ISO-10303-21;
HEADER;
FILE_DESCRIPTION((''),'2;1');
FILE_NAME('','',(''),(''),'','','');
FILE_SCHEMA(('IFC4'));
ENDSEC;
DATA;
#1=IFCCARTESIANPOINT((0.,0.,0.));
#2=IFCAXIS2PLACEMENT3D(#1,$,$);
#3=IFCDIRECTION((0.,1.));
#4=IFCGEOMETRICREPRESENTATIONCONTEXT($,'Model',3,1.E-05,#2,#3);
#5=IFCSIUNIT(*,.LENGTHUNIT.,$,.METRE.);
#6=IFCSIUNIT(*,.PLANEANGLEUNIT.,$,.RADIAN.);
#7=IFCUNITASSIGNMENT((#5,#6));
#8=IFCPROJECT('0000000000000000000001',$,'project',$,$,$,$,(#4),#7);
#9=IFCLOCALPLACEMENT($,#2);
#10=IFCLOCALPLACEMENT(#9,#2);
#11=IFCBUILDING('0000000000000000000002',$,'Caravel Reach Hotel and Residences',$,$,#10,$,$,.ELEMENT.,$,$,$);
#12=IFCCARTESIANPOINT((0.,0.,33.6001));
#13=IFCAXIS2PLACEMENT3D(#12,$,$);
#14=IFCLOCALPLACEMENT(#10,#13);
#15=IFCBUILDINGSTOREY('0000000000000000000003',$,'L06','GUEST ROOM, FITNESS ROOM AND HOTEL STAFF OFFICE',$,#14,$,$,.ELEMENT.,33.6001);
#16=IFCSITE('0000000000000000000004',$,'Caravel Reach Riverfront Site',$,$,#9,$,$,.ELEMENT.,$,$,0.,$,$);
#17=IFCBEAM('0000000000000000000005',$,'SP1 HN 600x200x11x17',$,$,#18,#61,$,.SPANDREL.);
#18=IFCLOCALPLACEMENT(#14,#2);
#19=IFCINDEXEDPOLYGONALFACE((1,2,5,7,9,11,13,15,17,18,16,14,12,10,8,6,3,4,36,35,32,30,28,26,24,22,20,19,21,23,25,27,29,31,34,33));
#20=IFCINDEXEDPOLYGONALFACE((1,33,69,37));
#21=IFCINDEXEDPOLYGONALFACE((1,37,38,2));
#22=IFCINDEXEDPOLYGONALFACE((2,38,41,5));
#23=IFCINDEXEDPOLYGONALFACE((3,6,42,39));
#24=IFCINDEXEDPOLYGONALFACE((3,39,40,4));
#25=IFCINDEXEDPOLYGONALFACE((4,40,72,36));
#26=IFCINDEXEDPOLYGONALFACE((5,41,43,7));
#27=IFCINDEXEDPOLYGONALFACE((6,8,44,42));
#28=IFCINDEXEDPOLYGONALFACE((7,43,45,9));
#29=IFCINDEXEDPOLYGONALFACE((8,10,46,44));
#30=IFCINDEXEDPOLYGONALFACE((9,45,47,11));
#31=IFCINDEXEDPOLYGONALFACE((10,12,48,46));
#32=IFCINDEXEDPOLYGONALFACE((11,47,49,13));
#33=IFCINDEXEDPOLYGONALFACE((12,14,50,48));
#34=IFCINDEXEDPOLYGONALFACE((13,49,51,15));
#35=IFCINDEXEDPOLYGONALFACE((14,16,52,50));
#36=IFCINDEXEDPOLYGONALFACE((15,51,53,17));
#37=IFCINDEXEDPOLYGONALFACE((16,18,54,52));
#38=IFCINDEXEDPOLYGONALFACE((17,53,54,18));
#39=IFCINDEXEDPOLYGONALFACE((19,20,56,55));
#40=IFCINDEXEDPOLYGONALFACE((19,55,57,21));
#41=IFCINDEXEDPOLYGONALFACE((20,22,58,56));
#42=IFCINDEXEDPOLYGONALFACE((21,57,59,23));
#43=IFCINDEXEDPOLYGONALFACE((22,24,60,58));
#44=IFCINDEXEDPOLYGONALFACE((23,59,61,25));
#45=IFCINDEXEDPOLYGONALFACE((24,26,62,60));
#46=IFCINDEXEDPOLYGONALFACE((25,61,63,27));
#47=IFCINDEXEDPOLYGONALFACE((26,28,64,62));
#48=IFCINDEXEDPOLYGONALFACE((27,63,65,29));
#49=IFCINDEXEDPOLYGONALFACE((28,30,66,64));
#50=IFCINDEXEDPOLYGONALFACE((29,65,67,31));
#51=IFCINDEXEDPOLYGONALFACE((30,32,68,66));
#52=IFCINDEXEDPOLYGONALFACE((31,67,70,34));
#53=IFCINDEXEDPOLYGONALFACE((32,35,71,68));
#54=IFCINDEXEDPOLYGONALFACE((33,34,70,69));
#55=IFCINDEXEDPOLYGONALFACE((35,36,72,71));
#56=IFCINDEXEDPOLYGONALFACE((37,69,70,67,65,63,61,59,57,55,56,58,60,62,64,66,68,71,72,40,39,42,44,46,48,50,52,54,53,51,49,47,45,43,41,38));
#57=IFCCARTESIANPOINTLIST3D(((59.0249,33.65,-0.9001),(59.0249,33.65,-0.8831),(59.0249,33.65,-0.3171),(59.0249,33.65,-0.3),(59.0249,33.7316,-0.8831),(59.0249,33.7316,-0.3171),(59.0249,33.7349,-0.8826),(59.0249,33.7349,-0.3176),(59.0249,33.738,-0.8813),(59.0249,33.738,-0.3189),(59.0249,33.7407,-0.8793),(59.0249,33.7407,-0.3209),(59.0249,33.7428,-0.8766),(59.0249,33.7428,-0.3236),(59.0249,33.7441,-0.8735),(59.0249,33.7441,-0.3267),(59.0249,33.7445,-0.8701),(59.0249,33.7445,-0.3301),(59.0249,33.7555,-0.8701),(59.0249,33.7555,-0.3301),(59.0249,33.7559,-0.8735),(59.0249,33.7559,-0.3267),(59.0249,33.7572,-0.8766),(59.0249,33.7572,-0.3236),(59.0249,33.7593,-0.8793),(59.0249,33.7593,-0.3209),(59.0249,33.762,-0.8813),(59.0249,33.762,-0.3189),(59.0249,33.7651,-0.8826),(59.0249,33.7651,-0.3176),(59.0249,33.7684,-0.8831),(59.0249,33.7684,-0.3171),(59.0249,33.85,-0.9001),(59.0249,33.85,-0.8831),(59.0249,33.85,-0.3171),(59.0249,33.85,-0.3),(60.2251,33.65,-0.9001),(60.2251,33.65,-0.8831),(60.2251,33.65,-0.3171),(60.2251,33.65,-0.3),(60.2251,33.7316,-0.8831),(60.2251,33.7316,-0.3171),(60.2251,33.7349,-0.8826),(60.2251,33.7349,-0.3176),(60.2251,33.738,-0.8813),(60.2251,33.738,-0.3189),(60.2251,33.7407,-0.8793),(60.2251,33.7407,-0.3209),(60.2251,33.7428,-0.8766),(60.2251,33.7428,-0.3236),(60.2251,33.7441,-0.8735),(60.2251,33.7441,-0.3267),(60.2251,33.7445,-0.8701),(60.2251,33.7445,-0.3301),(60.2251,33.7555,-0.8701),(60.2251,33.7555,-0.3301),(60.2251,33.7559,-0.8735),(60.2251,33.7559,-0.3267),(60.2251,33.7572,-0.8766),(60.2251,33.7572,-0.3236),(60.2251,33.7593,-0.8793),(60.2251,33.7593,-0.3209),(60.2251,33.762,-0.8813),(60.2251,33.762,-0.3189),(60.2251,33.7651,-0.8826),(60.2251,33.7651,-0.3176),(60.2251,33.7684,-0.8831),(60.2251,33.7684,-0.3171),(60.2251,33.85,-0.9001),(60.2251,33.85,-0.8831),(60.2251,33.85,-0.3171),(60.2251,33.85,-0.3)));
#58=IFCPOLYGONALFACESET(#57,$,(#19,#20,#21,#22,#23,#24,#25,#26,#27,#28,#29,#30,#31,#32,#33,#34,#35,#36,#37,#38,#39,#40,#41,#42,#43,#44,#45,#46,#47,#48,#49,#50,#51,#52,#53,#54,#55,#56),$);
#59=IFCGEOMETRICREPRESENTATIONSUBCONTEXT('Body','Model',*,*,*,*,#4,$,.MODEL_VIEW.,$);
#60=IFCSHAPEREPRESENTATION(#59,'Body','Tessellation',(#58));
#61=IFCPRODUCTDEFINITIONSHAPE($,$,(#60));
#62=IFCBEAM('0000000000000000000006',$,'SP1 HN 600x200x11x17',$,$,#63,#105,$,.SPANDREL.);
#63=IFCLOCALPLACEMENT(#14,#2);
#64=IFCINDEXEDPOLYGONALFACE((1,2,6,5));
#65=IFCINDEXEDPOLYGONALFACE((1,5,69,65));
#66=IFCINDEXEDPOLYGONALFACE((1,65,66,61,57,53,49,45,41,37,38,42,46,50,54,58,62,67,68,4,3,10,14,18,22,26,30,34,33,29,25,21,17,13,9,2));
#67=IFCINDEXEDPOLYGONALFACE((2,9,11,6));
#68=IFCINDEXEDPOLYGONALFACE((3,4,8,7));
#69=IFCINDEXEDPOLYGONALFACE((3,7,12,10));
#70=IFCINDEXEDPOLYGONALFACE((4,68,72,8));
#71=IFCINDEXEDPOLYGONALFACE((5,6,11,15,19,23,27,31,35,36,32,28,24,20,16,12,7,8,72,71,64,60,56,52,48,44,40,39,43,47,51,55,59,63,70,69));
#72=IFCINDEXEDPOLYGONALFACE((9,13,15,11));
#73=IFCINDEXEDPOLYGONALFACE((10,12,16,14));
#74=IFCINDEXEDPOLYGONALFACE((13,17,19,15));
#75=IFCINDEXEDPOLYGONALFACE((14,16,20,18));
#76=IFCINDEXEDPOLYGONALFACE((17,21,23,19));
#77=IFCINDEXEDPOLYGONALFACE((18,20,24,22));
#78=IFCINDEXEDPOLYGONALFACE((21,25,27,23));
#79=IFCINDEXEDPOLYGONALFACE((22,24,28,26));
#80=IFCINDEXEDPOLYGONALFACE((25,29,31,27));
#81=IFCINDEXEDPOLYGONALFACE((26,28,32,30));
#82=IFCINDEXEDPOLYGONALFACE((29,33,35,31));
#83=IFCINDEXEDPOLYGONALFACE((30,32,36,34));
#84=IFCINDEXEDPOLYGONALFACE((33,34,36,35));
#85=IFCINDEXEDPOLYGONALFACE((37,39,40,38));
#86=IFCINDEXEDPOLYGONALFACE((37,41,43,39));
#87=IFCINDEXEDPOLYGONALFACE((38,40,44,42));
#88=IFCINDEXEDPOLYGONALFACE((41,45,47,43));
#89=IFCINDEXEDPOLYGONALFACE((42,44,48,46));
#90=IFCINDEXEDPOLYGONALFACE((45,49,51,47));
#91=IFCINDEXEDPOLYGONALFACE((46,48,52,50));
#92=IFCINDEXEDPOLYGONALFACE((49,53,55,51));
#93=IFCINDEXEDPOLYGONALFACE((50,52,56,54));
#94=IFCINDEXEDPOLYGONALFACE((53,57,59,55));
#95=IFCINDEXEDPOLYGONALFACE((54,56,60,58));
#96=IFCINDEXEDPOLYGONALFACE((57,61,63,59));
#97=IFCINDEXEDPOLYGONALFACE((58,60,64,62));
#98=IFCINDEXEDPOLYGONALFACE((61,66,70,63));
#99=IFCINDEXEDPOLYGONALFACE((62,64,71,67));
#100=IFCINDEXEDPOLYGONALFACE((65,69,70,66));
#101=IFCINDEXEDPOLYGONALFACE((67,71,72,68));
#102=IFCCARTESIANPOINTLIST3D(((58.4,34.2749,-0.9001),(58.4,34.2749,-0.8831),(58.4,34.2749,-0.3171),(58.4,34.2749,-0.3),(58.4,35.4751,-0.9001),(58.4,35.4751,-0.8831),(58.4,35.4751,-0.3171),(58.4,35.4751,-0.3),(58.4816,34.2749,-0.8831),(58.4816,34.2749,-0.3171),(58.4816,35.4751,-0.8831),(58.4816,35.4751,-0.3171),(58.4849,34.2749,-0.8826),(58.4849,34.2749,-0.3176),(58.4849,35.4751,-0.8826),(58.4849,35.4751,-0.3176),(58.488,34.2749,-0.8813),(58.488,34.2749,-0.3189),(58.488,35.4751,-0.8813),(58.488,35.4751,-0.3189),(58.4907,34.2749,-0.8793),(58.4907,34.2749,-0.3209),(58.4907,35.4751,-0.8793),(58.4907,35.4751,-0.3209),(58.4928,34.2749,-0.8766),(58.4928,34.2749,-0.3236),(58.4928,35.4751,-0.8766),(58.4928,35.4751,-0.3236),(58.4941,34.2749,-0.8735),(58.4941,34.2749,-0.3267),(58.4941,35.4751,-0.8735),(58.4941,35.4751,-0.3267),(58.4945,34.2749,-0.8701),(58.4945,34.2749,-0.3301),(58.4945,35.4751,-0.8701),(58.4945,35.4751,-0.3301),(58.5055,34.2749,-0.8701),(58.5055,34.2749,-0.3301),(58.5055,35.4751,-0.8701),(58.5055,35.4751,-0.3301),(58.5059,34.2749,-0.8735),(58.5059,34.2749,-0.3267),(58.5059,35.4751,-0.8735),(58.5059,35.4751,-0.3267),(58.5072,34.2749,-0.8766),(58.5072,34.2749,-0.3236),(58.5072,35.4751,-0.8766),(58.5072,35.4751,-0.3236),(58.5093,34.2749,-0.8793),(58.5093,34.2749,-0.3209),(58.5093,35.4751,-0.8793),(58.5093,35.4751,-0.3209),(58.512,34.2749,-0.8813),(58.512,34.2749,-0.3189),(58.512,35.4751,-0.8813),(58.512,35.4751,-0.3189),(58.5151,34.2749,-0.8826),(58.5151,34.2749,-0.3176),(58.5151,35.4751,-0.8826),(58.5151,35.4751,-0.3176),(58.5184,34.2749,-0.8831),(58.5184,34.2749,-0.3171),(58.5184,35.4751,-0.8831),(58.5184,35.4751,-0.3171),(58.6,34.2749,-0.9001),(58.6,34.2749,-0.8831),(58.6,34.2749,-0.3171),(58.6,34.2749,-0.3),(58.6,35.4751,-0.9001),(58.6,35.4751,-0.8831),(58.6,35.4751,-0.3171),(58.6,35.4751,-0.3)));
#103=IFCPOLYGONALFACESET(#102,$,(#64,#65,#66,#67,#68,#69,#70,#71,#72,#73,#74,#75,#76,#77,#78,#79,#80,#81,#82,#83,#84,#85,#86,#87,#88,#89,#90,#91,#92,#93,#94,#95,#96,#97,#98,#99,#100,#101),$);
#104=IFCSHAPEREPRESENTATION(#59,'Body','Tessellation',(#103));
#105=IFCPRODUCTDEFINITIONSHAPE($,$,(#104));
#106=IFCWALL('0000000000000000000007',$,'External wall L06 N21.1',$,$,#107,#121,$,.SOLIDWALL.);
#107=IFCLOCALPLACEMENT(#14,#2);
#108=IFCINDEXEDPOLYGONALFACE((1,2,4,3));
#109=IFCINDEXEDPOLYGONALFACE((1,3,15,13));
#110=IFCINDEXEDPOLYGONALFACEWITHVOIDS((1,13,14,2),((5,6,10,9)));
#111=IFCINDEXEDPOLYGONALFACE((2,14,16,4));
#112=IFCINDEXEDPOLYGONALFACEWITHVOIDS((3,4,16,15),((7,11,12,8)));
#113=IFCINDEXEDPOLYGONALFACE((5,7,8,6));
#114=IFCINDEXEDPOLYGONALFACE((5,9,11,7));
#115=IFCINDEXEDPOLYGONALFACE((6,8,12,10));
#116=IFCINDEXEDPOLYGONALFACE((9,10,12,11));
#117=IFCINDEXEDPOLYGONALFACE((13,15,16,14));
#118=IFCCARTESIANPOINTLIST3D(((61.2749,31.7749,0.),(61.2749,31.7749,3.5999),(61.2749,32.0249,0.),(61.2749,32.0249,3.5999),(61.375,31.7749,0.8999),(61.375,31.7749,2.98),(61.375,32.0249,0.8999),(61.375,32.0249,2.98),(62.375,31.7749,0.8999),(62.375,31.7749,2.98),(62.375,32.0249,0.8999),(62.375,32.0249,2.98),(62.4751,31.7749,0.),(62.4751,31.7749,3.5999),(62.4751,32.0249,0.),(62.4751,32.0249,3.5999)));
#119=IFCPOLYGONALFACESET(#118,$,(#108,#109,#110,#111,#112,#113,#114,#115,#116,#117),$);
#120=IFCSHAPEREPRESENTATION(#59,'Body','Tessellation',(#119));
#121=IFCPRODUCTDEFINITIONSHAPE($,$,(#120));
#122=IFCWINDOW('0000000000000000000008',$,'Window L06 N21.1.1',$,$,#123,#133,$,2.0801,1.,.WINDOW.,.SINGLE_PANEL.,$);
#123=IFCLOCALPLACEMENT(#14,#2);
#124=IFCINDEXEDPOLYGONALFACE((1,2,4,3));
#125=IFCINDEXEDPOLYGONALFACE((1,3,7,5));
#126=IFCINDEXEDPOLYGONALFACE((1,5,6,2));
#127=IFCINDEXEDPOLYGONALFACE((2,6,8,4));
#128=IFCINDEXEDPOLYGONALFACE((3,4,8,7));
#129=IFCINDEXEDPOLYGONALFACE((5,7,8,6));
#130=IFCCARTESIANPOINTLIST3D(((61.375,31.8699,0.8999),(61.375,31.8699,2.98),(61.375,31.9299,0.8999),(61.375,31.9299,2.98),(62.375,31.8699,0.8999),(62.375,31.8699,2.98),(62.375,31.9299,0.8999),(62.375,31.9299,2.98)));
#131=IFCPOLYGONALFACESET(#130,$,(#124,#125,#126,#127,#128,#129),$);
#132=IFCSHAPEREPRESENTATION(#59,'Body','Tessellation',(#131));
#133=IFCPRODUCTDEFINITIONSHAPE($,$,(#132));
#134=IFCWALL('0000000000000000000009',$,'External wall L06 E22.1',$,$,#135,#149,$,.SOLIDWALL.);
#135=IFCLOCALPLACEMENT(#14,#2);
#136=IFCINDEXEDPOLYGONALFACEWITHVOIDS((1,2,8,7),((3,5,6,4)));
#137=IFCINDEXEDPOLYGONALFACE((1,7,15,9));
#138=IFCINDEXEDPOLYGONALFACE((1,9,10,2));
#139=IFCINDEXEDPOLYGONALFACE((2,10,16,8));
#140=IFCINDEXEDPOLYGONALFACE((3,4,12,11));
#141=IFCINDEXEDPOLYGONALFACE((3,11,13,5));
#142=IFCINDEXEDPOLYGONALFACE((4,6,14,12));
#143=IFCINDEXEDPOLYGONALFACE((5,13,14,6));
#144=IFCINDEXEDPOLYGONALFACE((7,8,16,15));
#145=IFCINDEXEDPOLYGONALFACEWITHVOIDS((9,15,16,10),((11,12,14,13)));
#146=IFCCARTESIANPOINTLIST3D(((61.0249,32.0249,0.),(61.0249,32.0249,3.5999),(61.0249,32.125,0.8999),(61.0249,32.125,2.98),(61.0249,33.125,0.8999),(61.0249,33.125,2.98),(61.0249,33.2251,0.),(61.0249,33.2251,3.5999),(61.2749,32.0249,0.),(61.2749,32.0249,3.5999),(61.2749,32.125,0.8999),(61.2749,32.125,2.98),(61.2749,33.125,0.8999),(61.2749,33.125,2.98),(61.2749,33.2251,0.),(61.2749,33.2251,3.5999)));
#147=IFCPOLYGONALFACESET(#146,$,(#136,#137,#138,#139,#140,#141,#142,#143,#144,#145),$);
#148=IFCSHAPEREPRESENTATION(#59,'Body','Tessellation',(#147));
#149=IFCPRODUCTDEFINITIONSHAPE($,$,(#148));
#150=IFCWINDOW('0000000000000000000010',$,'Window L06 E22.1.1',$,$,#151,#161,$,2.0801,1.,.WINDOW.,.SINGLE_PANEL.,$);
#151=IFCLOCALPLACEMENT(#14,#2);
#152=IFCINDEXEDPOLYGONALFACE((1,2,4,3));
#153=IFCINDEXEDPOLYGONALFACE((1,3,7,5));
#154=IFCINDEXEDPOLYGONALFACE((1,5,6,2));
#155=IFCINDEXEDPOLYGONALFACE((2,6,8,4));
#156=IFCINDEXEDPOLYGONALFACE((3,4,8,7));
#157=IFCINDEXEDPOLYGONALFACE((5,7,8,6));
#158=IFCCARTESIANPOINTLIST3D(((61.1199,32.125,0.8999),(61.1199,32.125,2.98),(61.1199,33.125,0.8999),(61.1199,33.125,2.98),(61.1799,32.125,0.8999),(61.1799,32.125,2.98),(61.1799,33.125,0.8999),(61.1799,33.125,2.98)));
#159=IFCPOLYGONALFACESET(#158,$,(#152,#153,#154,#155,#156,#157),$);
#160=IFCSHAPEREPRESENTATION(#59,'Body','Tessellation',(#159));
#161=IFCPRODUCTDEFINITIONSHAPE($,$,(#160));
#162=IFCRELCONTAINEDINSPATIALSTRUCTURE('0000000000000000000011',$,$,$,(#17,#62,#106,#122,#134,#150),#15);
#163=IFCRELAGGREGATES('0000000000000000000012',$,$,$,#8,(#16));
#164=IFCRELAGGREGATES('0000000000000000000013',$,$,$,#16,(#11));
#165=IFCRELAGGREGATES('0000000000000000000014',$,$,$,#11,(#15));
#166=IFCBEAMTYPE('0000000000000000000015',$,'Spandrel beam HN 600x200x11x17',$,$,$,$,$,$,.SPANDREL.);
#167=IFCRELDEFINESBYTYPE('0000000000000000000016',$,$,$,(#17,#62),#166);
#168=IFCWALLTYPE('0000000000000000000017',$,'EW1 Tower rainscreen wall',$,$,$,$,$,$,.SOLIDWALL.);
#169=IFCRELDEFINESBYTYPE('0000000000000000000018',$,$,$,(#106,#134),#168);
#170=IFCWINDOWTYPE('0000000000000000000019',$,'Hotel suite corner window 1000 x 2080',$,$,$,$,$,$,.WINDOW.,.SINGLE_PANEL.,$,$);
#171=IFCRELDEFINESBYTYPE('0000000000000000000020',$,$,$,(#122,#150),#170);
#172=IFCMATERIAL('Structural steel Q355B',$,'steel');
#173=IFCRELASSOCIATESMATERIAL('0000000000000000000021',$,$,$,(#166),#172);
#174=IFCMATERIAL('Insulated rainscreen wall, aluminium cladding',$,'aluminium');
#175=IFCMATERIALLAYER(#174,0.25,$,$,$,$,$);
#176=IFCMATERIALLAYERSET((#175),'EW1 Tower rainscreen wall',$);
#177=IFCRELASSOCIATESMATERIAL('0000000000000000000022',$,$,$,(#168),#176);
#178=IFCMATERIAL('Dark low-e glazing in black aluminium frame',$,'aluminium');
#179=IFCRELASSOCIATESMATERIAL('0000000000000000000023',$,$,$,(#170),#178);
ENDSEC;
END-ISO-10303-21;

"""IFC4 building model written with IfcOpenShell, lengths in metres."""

from ifc_helpers import new_model, si_unit, direction, frame, frame_2d, origin, origin_2d, place, context, subcontext, project, spatial, rectangle, i_section, extrude, material, layer, layer_set, material_profile, profile_set, type_object, element, fill, save


model = new_model("IFC4")

# Units and contexts
model_context = context("Model", 3, precision=1e-05, world=origin(), true_north=direction((0.0, 1.0)))
body_context = subcontext(model_context, "Body", "Model", "MODEL_VIEW")
ifc_project = project(units=[si_unit("LENGTHUNIT", "METRE"), si_unit("PLANEANGLEUNIT", "RADIAN")], contexts=[model_context])

# Site, building, storey
site_placement = place(None, origin())
site = spatial("IfcSite", under=ifc_project, at=site_placement, Name="Caravel Reach Riverfront Site", CompositionType="ELEMENT", RefElevation=0.0)
building_placement = place(site_placement, origin())
building = spatial("IfcBuilding", under=site, at=building_placement, Name="Caravel Reach Hotel and Residences", CompositionType="ELEMENT")
storey_placement = place(building_placement, frame((0.0, 0.0, 33.6001)))
storey = spatial("IfcBuildingStorey", under=building, at=storey_placement, Name="L06", Description="GUEST ROOM, FITNESS ROOM AND HOTEL STAFF OFFICE", CompositionType="ELEMENT", Elevation=33.6001)

# Beams
ifc_material_1 = material(Name="Structural steel Q355B", Category="steel")
ifc_material_profile_1 = material_profile(ifc_material_1, i_section(OverallWidth=0.2, OverallDepth=0.6001, WebThickness=0.011, FlangeThickness=0.0171, FilletRadius=0.0129, at=origin_2d()), Name="HN 600x200x11x17")
ifc_profile_set_1 = profile_set([ifc_material_profile_1], Name="Structural steel Q355B")
beam_type_1 = type_object("IfcBeamType", Name="Spandrel beam HN 600x200x11x17", PredefinedType="SPANDREL", material=ifc_profile_set_1)
for number, where, z_axis, x_axis, name in (
    (1, (60.2251, 33.75, -0.6001), (-1.0, 0.0, 0.0), (0.0, -1.0, 0.0), "SP1 HN 600x200x11x17"),
    (2, (58.5, 34.2749, -0.6001), (0.0, 1.0, 0.0), (-1.0, 0.0, 0.0), "SP1 HN 600x200x11x17"),
):
    element("IfcBeam", number, at=place(storey_placement, frame(where, z_axis=z_axis, x_axis=x_axis)), inside=storey, type_object=beam_type_1, Name=name, PredefinedType="SPANDREL", context=body_context, shape_type="SweptSolid", body=[
        extrude(i_section(OverallWidth=0.2, OverallDepth=0.6001, WebThickness=0.011, FlangeThickness=0.0171, FilletRadius=0.0129, at=origin_2d()), origin(), (0.0, 0.0, 1.0), 1.2002),
    ])

# Walls, openings, windows
ifc_material_2 = material(Name="Insulated rainscreen wall, aluminium cladding", Category="aluminium")
ifc_layer = layer(ifc_material_2, 0.25)
ifc_layer_set = layer_set([ifc_layer], Name="EW1 Tower rainscreen wall")
wall_type = type_object("IfcWallType", Name="EW1 Tower rainscreen wall", PredefinedType="SOLIDWALL", material=ifc_layer_set)
wall_1_placement = place(storey_placement, frame((62.4751, 31.8999, 0.0), z_axis=(0.0, 0.0, 1.0), x_axis=(-1.0, 0.0, 0.0)))
wall_1 = element("IfcWall", 3, at=wall_1_placement, inside=storey, type_object=wall_type, Name="External wall L06 N21.1", PredefinedType="SOLIDWALL", context=body_context, shape_type="SweptSolid", body=[
    extrude(rectangle(XDim=1.2002, YDim=0.25, at=frame_2d((0.6001, 0.0))), origin(), (0.0, 0.0, 1.0), 3.5999),
])
opening_1_placement = place(wall_1_placement, frame((0.1001, 0.0, 0.8999)))
opening_1 = element("IfcOpeningElement", 4, at=opening_1_placement, cuts=wall_1, PredefinedType="OPENING", context=body_context, shape_type="SweptSolid", body=[
    extrude(rectangle(XDim=1.0, YDim=2.0801, at=frame_2d((0.5, 1.04))), frame((0.0, 0.135, 0.0), z_axis=(0.0, -1.0, 0.0), x_axis=(1.0, 0.0, 0.0)), (0.0, 0.0, 1.0), 0.27),
])
ifc_material_3 = material(Name="Dark low-e glazing in black aluminium frame", Category="aluminium")
window_type = type_object("IfcWindowType", Name="Hotel suite corner window 1000 x 2080", PartitioningType="SINGLE_PANEL", PredefinedType="WINDOW", material=ifc_material_3)
window_1_placement = place(opening_1_placement, origin())
window_1 = element("IfcWindow", 5, at=window_1_placement, inside=storey, type_object=window_type, Name="Window L06 N21.1.1", OverallHeight=2.0801, OverallWidth=1.0, PartitioningType="SINGLE_PANEL", PredefinedType="WINDOW", context=body_context, shape_type="SweptSolid", body=[
    extrude(rectangle(XDim=1.0, YDim=2.0801, at=frame_2d((0.5, 1.04))), frame((0.0, 0.03, 0.0), z_axis=(0.0, -1.0, 0.0), x_axis=(1.0, 0.0, 0.0)), (0.0, 0.0, 1.0), 0.0601),
])
fill(opening_1, window_1)
wall_2_placement = place(storey_placement, frame((61.1499, 32.0249, 0.0), z_axis=(0.0, 0.0, 1.0), x_axis=(0.0, 1.0, 0.0)))
wall_2 = element("IfcWall", 6, at=wall_2_placement, inside=storey, type_object=wall_type, Name="External wall L06 E22.1", PredefinedType="SOLIDWALL", context=body_context, shape_type="SweptSolid", body=[
    extrude(rectangle(XDim=1.2002, YDim=0.25, at=frame_2d((0.6001, 0.0))), origin(), (0.0, 0.0, 1.0), 3.5999),
])
opening_2_placement = place(wall_2_placement, frame((0.1001, 0.0, 0.8999)))
opening_2 = element("IfcOpeningElement", 7, at=opening_2_placement, cuts=wall_2, PredefinedType="OPENING", context=body_context, shape_type="SweptSolid", body=[
    extrude(rectangle(XDim=1.0, YDim=2.0801, at=frame_2d((0.5, 1.04))), frame((0.0, 0.135, 0.0), z_axis=(0.0, -1.0, 0.0), x_axis=(1.0, 0.0, 0.0)), (0.0, 0.0, 1.0), 0.27),
])
window_2_placement = place(opening_2_placement, origin())
window_2 = element("IfcWindow", 8, at=window_2_placement, inside=storey, type_object=window_type, Name="Window L06 E22.1.1", OverallHeight=2.0801, OverallWidth=1.0, PartitioningType="SINGLE_PANEL", PredefinedType="WINDOW", context=body_context, shape_type="SweptSolid", body=[
    extrude(rectangle(XDim=1.0, YDim=2.0801, at=frame_2d((0.5, 1.04))), frame((0.0, 0.03, 0.0), z_axis=(0.0, -1.0, 0.0), x_axis=(1.0, 0.0, 0.0)), (0.0, 0.0, 1.0), 0.0601),
])
fill(opening_2, window_2)

save(model, "model.ifc")
